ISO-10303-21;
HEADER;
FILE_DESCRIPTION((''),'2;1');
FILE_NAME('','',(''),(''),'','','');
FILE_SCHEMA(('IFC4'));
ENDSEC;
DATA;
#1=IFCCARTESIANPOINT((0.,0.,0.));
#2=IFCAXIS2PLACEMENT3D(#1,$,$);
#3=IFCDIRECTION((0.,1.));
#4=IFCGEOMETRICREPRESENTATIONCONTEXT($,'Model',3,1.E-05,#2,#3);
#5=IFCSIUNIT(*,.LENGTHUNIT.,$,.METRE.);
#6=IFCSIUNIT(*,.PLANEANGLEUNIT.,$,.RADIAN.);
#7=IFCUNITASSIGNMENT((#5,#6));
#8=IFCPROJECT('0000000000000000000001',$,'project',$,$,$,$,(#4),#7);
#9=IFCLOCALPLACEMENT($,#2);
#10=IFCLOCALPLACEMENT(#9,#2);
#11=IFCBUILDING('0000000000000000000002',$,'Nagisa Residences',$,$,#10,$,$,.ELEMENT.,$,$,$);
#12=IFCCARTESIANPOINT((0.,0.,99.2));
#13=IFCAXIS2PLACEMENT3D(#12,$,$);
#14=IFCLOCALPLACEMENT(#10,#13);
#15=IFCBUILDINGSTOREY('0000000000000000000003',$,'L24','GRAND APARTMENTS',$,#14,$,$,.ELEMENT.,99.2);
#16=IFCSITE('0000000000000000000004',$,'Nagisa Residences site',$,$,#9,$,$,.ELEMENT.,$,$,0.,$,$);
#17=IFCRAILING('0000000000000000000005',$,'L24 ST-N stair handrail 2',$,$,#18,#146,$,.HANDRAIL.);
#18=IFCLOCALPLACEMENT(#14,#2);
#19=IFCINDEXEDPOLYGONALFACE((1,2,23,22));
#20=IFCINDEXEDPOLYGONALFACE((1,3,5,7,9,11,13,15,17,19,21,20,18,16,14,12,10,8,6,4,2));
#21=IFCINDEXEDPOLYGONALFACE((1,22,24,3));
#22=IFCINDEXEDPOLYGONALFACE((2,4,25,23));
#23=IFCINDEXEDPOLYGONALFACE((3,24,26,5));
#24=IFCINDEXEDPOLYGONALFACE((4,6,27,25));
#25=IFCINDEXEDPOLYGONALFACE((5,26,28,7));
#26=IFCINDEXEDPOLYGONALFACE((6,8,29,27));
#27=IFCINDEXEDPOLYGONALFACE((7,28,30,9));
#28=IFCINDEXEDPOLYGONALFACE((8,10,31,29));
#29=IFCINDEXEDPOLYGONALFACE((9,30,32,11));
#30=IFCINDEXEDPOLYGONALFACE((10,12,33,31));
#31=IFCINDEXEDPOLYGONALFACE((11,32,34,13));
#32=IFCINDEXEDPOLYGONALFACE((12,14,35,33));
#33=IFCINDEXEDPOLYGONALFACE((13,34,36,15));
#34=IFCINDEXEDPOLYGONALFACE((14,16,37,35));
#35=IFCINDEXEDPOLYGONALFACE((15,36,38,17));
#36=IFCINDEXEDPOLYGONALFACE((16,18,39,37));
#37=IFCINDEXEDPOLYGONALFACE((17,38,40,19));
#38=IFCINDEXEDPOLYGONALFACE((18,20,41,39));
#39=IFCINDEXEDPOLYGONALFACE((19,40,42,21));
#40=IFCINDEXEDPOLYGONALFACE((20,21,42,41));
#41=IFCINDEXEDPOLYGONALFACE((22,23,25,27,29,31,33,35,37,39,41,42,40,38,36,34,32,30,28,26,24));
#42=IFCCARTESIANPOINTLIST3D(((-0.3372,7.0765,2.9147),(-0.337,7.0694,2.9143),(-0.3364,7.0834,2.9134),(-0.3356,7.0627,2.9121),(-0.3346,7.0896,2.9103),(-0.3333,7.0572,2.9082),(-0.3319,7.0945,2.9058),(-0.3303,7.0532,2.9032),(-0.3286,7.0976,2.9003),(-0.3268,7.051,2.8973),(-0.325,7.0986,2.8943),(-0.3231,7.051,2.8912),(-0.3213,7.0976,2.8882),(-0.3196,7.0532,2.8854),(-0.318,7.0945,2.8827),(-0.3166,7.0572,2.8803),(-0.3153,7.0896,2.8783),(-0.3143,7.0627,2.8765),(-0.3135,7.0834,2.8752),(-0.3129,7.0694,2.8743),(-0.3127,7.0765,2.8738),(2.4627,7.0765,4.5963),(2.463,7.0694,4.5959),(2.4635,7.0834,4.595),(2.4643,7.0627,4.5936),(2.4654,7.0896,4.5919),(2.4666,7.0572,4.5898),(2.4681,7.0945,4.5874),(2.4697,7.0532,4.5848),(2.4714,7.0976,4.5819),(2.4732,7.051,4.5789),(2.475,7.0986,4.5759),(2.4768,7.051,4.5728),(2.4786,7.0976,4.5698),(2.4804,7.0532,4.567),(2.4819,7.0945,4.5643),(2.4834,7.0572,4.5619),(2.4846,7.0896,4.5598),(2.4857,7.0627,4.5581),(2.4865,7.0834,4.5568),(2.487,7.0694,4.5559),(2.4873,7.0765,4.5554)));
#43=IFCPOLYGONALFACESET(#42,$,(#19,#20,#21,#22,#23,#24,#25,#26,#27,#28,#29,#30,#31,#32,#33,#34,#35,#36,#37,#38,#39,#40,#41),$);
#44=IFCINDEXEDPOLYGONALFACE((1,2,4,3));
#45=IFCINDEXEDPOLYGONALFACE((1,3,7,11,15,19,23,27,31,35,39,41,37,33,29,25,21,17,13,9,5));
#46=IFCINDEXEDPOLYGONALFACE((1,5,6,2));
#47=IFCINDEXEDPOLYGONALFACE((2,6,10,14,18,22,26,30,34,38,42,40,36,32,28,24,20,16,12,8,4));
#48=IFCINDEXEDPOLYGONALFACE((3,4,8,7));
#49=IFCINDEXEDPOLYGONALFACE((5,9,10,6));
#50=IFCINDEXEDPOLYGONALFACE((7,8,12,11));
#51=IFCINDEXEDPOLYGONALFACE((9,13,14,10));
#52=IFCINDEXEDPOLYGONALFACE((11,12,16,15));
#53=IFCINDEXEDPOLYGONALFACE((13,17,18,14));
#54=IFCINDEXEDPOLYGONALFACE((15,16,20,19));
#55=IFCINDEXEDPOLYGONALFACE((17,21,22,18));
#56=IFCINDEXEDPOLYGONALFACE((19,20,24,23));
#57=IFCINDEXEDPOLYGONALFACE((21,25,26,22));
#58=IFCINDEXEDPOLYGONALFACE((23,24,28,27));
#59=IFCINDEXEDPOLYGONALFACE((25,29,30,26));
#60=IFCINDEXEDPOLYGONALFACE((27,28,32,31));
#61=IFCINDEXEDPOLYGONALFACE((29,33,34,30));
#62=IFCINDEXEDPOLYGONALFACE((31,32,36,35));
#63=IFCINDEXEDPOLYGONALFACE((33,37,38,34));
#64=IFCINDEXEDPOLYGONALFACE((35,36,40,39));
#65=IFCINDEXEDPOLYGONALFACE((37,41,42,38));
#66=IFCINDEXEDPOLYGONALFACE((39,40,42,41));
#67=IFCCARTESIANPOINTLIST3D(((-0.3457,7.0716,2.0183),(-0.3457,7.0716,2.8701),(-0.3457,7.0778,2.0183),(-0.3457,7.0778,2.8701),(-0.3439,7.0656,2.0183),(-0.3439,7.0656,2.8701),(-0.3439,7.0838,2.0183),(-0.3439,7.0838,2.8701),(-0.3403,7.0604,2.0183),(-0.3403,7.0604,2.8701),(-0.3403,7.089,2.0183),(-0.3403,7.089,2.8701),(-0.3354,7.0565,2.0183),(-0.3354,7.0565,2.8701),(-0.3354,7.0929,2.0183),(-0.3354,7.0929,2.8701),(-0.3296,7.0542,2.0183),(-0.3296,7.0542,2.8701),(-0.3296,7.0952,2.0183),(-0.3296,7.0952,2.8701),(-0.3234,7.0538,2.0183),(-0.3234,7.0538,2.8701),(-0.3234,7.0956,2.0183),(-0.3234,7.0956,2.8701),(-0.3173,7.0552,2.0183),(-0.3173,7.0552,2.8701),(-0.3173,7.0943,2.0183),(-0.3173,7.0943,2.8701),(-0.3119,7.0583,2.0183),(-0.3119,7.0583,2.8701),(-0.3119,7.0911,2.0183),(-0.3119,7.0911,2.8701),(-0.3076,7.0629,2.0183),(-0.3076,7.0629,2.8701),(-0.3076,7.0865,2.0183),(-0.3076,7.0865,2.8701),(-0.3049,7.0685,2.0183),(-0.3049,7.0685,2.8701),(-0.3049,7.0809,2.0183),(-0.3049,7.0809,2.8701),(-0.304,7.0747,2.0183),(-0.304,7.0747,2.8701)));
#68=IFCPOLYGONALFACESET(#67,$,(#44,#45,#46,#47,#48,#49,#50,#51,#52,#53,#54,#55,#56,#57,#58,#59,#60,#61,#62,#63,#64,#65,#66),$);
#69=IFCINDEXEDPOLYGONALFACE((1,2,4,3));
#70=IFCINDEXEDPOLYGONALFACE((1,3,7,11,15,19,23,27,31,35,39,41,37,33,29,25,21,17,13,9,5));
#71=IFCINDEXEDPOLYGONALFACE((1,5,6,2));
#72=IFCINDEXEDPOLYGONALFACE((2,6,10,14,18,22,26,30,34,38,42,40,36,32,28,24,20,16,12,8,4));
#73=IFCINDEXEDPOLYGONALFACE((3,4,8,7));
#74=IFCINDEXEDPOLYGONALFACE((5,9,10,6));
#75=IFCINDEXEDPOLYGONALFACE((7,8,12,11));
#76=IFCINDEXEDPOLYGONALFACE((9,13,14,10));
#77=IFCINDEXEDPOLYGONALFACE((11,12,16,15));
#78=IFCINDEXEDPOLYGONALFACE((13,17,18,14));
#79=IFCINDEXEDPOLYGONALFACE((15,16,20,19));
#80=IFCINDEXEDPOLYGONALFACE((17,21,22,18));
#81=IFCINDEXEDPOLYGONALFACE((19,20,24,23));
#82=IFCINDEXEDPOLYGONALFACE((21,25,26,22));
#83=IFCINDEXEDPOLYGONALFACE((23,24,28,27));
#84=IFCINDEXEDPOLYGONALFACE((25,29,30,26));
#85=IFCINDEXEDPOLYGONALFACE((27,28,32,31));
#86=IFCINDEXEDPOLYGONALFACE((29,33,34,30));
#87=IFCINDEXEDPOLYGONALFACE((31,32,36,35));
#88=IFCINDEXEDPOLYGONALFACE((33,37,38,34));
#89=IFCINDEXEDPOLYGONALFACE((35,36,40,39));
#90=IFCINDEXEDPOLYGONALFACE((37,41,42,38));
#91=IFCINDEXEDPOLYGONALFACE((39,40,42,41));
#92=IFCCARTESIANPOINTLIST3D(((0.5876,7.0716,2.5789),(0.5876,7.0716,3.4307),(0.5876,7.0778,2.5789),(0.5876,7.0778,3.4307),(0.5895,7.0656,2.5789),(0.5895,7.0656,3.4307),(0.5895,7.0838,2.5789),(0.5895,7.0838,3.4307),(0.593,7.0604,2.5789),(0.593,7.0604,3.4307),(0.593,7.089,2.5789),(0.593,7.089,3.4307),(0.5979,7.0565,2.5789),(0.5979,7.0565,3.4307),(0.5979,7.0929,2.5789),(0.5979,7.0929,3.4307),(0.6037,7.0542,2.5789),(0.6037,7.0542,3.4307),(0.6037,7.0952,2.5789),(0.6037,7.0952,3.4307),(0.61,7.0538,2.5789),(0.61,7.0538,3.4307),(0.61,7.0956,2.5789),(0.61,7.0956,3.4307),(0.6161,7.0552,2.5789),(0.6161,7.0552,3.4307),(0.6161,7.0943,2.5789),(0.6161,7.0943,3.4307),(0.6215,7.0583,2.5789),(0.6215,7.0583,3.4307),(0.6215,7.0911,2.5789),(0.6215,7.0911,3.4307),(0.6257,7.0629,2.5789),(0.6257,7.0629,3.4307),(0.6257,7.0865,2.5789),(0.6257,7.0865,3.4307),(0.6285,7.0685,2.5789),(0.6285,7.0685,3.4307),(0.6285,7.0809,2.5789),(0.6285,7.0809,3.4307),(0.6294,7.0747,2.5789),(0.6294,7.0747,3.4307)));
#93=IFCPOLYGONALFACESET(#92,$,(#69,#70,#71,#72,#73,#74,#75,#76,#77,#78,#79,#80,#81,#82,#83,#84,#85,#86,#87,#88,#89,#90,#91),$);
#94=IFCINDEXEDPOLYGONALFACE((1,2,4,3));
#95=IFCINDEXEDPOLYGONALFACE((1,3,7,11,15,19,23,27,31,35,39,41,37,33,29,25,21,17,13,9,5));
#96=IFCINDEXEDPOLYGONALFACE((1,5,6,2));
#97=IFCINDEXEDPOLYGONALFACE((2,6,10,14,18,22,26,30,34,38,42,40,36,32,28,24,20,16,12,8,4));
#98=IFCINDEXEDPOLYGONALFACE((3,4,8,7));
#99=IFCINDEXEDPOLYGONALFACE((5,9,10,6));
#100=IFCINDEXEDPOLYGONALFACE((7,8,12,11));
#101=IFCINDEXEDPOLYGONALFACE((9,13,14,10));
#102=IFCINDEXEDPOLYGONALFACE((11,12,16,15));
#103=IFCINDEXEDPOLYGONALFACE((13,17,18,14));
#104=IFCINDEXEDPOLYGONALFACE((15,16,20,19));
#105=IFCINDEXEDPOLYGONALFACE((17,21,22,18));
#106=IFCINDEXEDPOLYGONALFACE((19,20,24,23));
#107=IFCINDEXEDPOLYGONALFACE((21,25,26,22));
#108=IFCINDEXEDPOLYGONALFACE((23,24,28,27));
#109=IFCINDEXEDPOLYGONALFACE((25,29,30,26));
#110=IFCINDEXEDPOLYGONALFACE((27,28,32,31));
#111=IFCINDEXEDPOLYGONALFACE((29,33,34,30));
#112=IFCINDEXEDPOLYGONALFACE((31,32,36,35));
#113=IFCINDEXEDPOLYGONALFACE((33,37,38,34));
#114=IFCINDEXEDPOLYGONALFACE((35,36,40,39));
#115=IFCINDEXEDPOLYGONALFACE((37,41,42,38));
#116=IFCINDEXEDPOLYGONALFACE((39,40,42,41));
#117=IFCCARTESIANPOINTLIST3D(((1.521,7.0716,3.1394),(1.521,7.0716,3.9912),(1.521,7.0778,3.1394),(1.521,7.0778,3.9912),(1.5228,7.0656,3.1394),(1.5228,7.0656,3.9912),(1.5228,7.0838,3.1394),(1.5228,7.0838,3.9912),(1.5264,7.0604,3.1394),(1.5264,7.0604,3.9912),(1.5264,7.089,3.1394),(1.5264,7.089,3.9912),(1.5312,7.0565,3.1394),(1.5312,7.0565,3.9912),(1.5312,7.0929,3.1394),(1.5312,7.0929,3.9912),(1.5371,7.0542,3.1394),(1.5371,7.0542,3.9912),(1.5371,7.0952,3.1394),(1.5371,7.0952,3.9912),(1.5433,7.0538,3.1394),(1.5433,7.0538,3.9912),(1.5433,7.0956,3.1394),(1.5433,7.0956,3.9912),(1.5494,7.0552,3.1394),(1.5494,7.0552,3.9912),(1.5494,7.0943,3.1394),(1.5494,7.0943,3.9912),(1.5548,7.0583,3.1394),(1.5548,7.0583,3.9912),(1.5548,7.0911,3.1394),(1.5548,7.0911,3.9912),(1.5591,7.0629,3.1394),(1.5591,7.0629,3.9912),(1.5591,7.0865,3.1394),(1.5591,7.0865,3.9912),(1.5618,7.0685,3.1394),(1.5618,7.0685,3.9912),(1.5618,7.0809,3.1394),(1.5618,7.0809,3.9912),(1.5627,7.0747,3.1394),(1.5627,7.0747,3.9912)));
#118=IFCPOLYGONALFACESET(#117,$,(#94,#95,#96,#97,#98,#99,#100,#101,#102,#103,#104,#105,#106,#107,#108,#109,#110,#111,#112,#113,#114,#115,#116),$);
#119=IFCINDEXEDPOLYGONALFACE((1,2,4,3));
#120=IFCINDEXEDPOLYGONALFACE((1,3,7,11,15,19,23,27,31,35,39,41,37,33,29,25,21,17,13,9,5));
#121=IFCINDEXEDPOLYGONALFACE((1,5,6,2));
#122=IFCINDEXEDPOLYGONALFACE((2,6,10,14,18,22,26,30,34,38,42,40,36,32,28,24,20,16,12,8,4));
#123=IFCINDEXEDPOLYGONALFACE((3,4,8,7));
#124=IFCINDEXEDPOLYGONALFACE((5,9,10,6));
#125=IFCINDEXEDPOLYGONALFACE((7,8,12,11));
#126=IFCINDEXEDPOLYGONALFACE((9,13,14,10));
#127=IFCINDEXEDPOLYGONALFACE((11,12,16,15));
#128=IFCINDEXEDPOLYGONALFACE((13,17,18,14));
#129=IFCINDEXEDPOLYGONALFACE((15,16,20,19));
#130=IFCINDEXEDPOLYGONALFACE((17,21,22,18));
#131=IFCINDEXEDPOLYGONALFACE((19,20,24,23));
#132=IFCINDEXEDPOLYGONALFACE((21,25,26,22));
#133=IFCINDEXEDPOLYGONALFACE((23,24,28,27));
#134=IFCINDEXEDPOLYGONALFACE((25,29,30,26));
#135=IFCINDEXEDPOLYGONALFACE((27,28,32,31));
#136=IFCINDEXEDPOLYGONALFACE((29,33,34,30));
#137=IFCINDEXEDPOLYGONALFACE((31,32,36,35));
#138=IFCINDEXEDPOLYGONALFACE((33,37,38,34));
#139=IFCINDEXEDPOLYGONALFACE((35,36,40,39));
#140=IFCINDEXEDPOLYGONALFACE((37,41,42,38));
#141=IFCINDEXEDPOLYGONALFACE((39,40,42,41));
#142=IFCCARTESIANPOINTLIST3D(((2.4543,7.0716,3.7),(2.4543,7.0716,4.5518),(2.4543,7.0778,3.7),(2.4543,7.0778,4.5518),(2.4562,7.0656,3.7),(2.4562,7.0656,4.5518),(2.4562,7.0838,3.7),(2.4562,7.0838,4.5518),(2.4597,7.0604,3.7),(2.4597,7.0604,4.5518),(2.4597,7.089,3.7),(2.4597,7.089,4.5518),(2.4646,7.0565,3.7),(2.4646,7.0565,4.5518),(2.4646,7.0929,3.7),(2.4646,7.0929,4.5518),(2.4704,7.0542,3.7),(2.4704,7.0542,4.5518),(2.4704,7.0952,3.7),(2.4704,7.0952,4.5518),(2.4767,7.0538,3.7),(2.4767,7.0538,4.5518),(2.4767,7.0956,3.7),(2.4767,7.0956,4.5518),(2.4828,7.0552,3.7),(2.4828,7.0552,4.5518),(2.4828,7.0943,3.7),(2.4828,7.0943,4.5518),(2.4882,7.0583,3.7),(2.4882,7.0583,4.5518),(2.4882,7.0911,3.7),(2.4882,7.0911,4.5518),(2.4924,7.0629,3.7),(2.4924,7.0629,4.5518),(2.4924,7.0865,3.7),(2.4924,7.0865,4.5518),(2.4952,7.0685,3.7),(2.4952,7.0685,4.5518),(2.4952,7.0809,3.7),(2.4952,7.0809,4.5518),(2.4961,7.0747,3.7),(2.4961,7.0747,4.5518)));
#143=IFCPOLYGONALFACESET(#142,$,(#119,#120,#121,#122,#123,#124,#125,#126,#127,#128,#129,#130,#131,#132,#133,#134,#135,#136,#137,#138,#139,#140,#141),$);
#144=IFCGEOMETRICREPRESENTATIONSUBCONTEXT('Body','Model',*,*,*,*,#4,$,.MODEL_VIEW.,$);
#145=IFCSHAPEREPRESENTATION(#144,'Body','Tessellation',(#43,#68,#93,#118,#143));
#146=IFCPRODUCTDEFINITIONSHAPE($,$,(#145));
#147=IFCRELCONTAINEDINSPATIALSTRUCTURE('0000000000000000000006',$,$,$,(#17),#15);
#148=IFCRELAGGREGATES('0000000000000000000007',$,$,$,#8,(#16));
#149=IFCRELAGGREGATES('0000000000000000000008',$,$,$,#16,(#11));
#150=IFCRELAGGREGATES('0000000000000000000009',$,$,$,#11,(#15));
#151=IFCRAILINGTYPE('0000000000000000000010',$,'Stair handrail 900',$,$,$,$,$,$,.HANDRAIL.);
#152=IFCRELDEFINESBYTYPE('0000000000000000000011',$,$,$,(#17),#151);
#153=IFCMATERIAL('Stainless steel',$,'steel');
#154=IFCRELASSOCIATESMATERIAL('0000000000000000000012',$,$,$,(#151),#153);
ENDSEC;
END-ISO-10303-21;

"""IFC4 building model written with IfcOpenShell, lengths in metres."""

from ifc_helpers import new_model, si_unit, direction, frame, origin, origin_2d, place, context, subcontext, project, spatial, circle, extrude, material, type_object, element, save


model = new_model("IFC4")

# Units and contexts
model_context = context("Model", 3, precision=1e-05, world=origin(), true_north=direction((0.0, 1.0)))
body_context = subcontext(model_context, "Body", "Model", "MODEL_VIEW")
ifc_project = project(units=[si_unit("LENGTHUNIT", "METRE"), si_unit("PLANEANGLEUNIT", "RADIAN")], contexts=[model_context])

# Site, building, storey
site_placement = place(None, origin())
site = spatial("IfcSite", under=ifc_project, at=site_placement, Name="Nagisa Residences site", CompositionType="ELEMENT", RefElevation=0.0)
building_placement = place(site_placement, origin())
building = spatial("IfcBuilding", under=site, at=building_placement, Name="Nagisa Residences", CompositionType="ELEMENT")
storey_placement = place(building_placement, frame((0.0, 0.0, 99.2)))
storey = spatial("IfcBuildingStorey", under=building, at=storey_placement, Name="L24", Description="GRAND APARTMENTS", CompositionType="ELEMENT", Elevation=99.2)

# Railing
ifc_material_1 = material(Name="Stainless steel", Category="steel")
railing_type_1 = type_object("IfcRailingType", Name="Stair handrail 900", PredefinedType="HANDRAIL", material=ifc_material_1)
railing_1_placement = place(storey_placement, frame((-0.325, 7.0747, 2.0183)))
element("IfcRailing", 1, at=railing_1_placement, inside=storey, type_object=railing_type_1, Name="L24 ST-N stair handrail 2", PredefinedType="HANDRAIL", context=body_context, shape_type="SweptSolid", body=[
    extrude(circle(Radius=0.0239, at=origin_2d()), frame((0.0, 0.0, 0.876), z_axis=(0.857275, 0.0, 0.514858), x_axis=(0.0, 1.0, 0.0)), (0.0, 0.0, 1.0), 3.2661),
    extrude(circle(Radius=0.021, at=origin_2d()), origin(), (0.0, 0.0, 1.0), 0.8518),
    extrude(circle(Radius=0.021, at=origin_2d()), frame((0.9333, 0.0, 0.5605)), (0.0, 0.0, 1.0), 0.8518),
    extrude(circle(Radius=0.021, at=origin_2d()), frame((1.8667, 0.0, 1.1211)), (0.0, 0.0, 1.0), 0.8518),
    extrude(circle(Radius=0.021, at=origin_2d()), frame((2.8, 0.0, 1.6816)), (0.0, 0.0, 1.0), 0.8518),
])

save(model, "model.ifc")
